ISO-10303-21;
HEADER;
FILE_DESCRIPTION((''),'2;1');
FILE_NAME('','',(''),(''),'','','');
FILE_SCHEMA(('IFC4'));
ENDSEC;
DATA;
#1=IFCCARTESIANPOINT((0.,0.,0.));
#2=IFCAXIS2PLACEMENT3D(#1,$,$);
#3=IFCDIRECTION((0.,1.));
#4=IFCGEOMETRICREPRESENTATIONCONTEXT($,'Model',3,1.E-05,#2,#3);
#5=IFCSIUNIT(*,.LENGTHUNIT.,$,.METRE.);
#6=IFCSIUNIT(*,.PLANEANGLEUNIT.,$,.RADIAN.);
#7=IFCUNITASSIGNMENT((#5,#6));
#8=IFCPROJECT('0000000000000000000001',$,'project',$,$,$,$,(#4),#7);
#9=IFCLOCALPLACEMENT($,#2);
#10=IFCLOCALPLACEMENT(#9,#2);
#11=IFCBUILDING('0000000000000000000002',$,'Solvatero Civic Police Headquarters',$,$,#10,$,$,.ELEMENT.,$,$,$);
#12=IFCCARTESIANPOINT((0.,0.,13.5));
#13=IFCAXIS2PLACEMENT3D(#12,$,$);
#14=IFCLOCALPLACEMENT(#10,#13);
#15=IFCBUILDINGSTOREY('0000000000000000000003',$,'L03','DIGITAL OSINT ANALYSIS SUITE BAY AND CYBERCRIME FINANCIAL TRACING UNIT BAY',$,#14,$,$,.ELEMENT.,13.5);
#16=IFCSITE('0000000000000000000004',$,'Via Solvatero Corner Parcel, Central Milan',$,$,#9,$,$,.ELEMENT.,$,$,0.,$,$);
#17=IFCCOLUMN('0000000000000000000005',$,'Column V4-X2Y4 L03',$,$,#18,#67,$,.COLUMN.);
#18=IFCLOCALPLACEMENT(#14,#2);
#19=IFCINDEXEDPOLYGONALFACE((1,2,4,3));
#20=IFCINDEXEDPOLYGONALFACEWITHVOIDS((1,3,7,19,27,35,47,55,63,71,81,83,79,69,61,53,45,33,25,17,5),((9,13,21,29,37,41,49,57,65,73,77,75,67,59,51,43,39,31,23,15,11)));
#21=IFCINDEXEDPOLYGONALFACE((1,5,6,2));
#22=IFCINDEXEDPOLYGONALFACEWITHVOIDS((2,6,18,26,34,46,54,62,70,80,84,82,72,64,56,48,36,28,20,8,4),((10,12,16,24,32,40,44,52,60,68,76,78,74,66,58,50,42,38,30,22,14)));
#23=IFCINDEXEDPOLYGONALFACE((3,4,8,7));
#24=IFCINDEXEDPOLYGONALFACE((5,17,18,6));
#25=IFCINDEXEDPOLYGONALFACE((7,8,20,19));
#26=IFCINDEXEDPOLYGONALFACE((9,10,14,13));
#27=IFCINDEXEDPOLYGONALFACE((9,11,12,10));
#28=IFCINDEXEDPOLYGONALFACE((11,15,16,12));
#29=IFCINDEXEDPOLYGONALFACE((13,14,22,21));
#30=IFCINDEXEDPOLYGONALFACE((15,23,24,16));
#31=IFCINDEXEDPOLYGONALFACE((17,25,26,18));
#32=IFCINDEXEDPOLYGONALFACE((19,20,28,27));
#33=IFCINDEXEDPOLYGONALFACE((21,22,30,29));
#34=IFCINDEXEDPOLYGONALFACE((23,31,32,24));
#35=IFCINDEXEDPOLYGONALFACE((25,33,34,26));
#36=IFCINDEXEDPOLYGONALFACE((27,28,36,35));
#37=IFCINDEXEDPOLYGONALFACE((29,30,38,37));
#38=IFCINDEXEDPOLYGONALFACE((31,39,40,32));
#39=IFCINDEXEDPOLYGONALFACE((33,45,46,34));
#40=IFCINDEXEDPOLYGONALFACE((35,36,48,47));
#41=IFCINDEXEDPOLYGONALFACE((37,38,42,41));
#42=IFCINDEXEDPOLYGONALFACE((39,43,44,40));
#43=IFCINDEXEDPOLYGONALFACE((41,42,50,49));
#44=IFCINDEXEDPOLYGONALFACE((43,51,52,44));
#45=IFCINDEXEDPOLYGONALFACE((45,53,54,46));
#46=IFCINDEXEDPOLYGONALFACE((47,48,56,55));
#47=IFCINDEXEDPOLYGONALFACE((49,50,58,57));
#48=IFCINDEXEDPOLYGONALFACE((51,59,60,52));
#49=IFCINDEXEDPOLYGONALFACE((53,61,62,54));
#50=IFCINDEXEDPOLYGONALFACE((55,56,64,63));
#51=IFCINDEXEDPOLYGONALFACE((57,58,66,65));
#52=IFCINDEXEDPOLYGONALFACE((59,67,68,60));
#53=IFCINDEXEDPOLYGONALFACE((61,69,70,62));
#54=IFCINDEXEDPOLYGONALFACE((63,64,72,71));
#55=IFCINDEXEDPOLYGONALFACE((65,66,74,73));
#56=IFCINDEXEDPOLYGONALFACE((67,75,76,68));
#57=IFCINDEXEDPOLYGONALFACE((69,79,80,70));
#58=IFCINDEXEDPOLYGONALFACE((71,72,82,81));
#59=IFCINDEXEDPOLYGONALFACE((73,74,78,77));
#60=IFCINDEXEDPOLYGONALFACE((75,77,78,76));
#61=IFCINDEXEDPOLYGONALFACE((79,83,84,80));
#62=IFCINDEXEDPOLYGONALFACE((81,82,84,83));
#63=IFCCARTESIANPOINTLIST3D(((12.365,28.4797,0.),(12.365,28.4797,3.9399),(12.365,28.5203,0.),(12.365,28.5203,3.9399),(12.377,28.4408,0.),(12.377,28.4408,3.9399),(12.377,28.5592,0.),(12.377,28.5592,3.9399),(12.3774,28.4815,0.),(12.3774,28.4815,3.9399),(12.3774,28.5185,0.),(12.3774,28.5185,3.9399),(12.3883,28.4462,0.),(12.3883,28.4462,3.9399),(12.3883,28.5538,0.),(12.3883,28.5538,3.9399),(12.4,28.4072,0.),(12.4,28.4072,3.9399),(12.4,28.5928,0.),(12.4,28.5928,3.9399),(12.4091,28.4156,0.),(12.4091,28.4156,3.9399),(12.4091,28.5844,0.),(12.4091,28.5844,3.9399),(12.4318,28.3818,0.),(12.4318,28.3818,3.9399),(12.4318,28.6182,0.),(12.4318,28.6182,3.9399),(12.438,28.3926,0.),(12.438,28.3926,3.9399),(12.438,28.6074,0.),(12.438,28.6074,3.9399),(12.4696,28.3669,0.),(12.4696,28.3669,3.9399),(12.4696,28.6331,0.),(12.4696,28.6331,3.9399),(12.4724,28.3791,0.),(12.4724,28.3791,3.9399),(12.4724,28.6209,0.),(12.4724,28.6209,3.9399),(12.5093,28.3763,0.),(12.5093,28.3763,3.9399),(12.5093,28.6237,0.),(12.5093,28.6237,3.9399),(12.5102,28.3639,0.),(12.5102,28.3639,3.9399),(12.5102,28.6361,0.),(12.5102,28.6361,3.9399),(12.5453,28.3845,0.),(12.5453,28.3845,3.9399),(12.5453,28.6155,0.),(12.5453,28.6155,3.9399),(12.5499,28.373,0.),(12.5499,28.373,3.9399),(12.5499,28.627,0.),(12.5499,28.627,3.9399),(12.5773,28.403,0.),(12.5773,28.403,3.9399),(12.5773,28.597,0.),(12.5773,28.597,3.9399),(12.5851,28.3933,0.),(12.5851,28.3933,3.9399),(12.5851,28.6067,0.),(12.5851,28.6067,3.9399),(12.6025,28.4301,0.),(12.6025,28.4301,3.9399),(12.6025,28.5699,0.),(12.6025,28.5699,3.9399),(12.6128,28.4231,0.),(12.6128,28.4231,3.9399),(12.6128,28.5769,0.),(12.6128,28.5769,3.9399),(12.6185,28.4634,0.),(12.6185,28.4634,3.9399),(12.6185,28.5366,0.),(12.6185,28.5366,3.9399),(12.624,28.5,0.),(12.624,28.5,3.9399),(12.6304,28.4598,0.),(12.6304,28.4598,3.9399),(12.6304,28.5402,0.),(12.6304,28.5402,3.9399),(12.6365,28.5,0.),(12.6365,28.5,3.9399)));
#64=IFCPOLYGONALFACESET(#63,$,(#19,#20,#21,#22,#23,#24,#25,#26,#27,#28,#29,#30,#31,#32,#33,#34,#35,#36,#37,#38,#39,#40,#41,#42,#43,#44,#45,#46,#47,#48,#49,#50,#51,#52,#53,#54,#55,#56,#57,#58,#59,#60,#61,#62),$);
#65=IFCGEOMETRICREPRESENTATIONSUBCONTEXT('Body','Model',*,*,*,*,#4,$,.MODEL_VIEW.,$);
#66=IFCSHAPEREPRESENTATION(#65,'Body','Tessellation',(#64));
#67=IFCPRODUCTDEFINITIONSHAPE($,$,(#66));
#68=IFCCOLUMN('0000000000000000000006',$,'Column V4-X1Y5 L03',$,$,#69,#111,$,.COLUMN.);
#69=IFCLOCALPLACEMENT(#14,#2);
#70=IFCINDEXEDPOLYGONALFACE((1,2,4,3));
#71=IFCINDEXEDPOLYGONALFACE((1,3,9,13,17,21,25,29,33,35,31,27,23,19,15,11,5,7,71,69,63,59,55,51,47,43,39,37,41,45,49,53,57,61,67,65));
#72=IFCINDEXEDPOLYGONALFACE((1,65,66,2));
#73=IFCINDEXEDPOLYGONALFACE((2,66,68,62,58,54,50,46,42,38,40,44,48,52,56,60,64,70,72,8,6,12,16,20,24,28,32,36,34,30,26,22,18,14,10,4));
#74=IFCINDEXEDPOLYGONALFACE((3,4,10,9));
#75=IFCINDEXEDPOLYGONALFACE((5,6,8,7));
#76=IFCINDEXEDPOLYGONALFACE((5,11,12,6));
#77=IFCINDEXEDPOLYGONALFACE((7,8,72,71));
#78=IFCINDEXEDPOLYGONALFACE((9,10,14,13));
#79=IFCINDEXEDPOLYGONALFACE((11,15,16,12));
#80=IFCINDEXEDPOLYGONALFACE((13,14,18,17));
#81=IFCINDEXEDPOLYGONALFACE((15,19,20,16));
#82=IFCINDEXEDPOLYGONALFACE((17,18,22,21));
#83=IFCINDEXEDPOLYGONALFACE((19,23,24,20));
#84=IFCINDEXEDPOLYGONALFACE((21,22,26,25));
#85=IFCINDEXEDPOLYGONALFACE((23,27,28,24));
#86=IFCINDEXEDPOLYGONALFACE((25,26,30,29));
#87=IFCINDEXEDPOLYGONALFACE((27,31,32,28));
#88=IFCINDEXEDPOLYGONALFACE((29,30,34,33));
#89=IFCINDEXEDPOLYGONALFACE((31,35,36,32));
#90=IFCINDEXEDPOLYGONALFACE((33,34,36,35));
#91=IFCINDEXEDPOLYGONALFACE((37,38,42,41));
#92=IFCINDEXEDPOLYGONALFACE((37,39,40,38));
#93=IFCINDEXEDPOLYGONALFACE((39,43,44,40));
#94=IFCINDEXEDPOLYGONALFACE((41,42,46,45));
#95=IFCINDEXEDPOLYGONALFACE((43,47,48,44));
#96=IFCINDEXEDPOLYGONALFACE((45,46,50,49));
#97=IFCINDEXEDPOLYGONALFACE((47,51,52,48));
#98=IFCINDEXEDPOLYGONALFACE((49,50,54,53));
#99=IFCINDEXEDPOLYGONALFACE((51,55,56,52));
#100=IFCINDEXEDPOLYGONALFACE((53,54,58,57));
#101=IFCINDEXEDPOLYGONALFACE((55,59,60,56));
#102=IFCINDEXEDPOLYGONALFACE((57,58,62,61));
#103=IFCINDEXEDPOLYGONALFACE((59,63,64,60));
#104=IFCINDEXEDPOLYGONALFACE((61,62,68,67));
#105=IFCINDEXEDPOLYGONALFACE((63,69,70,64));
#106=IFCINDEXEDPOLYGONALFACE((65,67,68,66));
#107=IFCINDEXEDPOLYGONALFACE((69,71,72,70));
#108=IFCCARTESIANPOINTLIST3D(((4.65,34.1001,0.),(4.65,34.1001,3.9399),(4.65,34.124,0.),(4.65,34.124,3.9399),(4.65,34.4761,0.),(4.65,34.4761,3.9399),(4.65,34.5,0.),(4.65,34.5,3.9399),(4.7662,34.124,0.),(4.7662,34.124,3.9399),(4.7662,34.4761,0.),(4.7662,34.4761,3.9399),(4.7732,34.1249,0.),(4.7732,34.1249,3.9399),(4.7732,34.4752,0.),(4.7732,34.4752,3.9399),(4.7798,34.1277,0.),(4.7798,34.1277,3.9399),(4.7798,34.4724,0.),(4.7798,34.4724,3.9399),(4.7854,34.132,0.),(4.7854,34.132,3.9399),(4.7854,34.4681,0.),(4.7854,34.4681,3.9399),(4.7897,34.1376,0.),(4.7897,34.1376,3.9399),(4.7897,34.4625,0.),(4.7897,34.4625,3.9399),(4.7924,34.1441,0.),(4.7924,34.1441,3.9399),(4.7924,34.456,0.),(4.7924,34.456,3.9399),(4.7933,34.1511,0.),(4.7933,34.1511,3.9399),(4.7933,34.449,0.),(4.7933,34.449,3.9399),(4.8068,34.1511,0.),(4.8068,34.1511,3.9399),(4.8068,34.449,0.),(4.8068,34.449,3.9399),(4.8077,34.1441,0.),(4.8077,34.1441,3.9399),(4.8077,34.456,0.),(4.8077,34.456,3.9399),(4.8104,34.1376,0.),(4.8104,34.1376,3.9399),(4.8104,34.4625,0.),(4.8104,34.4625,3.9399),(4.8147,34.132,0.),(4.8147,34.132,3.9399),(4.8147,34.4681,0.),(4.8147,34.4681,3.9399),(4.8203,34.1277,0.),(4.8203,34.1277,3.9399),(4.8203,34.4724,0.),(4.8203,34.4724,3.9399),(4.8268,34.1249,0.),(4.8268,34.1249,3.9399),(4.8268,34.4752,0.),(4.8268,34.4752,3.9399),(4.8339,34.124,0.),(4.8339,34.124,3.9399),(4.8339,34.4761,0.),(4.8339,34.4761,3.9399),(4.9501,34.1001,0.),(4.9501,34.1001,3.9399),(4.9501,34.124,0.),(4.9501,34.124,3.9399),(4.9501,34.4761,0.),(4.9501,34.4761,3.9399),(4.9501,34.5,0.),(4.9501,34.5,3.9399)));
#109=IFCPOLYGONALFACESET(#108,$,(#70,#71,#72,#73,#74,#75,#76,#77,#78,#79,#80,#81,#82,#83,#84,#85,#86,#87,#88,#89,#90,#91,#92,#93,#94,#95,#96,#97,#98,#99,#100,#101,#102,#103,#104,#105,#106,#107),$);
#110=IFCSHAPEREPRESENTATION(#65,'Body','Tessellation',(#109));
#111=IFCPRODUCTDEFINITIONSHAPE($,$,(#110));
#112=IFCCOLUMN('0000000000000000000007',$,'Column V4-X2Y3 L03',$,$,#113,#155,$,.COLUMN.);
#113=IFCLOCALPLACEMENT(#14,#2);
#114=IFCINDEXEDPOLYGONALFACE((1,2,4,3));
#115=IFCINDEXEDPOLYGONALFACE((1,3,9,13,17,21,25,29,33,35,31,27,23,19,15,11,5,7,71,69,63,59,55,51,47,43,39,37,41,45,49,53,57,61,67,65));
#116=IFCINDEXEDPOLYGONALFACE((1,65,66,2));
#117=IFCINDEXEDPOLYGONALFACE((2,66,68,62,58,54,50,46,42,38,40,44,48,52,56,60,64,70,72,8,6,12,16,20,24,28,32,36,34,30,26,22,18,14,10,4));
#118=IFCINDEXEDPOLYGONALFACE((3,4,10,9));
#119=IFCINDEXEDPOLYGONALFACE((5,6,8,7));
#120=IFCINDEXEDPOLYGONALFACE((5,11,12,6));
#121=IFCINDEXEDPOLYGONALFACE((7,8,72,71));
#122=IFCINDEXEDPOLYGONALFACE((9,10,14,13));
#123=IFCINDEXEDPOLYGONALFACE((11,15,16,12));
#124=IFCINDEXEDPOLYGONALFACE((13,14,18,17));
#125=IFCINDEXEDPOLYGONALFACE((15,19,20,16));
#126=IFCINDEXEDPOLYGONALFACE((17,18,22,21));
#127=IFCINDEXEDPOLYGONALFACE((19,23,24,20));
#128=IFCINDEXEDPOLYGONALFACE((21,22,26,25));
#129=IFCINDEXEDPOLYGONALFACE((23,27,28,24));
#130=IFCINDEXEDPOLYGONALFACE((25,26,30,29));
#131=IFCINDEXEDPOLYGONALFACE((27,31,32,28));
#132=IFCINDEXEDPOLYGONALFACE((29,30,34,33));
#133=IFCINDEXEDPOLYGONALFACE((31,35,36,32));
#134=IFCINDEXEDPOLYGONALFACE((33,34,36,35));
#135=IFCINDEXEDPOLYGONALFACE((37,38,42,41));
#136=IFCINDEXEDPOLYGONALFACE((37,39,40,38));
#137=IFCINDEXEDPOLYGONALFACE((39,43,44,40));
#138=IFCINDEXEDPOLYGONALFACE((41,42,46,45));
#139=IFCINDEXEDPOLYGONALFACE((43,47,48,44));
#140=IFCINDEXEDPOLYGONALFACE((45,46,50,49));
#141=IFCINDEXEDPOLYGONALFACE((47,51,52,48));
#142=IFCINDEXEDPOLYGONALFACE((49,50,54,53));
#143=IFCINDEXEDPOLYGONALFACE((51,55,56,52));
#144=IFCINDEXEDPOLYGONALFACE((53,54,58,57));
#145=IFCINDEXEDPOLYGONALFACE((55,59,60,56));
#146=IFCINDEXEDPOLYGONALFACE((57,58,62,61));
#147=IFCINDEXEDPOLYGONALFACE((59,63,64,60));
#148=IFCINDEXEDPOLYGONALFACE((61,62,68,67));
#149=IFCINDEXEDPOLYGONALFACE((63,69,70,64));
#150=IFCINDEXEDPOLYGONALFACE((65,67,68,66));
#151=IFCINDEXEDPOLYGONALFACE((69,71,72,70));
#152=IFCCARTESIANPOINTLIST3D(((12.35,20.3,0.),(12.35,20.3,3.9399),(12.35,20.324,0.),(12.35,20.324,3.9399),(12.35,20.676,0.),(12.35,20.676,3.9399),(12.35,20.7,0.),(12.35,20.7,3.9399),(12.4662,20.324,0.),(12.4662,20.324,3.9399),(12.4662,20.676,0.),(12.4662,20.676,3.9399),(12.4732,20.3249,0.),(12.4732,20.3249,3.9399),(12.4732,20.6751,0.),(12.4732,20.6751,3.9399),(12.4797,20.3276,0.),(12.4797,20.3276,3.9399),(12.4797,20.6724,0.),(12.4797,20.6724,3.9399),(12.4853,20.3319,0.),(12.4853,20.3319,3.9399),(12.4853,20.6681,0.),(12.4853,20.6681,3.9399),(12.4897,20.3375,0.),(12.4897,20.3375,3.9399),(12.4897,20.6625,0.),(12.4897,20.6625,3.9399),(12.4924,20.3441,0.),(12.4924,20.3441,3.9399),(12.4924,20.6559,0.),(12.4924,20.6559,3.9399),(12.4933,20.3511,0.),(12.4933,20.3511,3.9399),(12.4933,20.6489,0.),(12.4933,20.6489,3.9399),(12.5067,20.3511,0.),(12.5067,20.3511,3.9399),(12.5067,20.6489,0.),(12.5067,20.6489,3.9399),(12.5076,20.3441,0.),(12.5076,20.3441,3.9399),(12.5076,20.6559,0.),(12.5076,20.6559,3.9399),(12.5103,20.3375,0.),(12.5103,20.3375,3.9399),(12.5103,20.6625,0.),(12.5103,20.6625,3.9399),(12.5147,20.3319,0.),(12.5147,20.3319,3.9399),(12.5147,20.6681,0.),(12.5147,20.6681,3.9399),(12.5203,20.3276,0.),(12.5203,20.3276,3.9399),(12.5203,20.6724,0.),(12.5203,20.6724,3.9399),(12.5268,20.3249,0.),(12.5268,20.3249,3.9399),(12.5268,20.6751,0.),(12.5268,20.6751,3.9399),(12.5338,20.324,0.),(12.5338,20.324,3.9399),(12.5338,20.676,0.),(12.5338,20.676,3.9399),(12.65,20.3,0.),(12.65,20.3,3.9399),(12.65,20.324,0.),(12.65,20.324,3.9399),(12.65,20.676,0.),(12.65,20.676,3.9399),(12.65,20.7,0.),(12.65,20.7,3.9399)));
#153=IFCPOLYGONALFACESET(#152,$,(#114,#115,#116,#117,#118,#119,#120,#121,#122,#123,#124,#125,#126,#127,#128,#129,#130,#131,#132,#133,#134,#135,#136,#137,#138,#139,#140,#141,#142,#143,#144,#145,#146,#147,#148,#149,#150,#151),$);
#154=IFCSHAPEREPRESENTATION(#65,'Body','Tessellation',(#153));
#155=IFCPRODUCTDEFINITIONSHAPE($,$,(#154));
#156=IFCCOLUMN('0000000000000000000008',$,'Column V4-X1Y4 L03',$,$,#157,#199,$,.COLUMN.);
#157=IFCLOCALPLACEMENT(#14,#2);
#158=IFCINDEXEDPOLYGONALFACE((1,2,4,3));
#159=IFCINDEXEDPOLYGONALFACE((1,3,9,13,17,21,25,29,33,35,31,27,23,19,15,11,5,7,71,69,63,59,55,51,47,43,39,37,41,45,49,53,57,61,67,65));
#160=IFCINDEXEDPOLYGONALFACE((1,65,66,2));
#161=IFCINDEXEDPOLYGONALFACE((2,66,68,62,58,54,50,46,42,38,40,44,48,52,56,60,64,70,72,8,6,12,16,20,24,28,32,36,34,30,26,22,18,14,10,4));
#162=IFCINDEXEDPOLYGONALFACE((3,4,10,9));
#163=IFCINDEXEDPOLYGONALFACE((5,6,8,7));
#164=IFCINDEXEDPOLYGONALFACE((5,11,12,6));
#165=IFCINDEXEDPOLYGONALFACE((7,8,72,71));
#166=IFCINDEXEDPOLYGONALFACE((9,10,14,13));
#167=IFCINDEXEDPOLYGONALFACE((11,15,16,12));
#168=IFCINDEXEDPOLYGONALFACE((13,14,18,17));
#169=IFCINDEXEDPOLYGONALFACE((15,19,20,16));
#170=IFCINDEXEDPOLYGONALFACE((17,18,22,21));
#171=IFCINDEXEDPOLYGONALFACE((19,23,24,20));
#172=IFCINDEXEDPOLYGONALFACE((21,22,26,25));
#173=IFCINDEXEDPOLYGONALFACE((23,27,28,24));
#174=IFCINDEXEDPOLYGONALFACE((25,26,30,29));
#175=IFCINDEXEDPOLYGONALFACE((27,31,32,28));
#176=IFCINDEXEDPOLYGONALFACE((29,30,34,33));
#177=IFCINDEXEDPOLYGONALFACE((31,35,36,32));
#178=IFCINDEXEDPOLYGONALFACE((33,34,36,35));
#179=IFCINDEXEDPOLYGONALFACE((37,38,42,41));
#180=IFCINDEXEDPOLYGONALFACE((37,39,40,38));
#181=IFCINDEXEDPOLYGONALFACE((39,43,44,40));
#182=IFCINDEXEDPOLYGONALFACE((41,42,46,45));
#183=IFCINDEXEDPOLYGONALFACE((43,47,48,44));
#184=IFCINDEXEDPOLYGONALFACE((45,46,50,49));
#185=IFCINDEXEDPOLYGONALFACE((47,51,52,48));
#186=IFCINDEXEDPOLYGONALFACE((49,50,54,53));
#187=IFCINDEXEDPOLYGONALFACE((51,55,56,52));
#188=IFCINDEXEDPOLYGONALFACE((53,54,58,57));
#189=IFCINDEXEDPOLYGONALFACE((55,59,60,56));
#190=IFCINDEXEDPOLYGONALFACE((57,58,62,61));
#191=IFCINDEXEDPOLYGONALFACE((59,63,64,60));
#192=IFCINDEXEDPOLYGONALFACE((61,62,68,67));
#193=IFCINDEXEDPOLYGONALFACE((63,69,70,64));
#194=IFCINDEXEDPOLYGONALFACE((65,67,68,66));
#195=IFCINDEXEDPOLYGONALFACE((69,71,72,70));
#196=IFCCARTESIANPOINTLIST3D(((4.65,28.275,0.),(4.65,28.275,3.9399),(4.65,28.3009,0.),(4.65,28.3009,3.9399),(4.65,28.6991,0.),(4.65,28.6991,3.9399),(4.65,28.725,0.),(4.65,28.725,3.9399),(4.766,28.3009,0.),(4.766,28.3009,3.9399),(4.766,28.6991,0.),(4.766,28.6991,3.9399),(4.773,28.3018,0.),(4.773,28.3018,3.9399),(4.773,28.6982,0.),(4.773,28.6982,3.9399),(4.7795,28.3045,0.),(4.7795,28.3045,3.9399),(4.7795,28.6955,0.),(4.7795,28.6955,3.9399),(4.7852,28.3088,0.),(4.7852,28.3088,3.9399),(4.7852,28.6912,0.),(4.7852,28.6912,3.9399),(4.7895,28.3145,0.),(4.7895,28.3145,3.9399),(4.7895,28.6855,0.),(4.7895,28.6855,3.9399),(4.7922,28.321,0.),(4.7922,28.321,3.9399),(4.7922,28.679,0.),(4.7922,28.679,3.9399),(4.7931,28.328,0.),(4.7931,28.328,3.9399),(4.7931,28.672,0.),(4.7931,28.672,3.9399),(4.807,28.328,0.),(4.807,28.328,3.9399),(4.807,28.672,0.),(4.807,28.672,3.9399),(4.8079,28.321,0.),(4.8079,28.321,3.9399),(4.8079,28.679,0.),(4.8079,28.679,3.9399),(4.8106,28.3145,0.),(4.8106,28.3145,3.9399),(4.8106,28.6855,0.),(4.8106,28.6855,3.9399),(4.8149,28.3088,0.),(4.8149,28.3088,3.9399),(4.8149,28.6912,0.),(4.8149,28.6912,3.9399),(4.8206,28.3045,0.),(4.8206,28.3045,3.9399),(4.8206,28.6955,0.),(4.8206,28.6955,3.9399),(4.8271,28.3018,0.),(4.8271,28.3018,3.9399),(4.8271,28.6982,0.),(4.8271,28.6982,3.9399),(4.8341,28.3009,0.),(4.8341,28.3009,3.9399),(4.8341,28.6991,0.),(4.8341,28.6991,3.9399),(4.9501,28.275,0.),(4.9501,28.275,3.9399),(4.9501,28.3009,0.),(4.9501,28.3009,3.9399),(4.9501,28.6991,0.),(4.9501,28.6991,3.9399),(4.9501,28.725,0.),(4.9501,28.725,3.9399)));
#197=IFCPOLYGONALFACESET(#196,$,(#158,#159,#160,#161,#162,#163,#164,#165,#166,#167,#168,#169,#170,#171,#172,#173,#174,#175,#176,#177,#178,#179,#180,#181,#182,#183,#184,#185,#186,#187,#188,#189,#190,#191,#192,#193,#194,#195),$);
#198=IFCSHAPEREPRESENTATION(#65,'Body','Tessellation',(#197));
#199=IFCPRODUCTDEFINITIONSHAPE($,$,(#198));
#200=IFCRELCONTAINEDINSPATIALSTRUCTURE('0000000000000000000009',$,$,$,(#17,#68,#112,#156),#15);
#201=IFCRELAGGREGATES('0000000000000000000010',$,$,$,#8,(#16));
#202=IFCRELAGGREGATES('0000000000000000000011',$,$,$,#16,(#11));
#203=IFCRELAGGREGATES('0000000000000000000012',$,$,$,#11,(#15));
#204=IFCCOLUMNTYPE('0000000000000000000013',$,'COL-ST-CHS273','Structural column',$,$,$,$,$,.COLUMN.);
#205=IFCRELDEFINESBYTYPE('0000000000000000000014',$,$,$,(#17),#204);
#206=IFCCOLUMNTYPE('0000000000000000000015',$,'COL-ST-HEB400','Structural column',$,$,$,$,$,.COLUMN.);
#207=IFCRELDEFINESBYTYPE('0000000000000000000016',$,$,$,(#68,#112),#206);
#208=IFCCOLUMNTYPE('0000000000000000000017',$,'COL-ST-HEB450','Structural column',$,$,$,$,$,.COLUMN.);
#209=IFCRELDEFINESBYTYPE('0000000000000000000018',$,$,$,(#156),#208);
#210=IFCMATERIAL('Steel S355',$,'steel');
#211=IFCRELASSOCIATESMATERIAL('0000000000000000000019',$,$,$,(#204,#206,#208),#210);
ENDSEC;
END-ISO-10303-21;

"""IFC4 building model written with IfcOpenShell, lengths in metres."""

from ifc_helpers import new_model, si_unit, direction, frame, origin, origin_2d, place, context, subcontext, project, spatial, hollow_circle, i_section, extrude, material, material_profile, profile_set, type_object, element, save


model = new_model("IFC4")

# Units and contexts
model_context = context("Model", 3, precision=1e-05, world=origin(), true_north=direction((0.0, 1.0)))
body_context = subcontext(model_context, "Body", "Model", "MODEL_VIEW")
ifc_project = project(units=[si_unit("LENGTHUNIT", "METRE"), si_unit("PLANEANGLEUNIT", "RADIAN")], contexts=[model_context])

# Site, building, storey
site_placement = place(None, origin())
site = spatial("IfcSite", under=ifc_project, at=site_placement, Name="Via Solvatero Corner Parcel, Central Milan", CompositionType="ELEMENT", RefElevation=0.0)
building_placement = place(site_placement, origin())
building = spatial("IfcBuilding", under=site, at=building_placement, Name="Solvatero Civic Police Headquarters", CompositionType="ELEMENT")
storey_placement = place(building_placement, frame((0.0, 0.0, 13.5)))
storey = spatial("IfcBuildingStorey", under=building, at=storey_placement, Name="L03", Description="DIGITAL OSINT ANALYSIS SUITE BAY AND CYBERCRIME FINANCIAL TRACING UNIT BAY", CompositionType="ELEMENT", Elevation=13.5)

# Columns
ifc_material_1 = material(Name="Steel S355", Category="steel")
ifc_material_profile_1 = material_profile(ifc_material_1, hollow_circle(Radius=0.1365, WallThickness=0.0125, at=origin_2d()), Name="CHS 273.0x12.5")
ifc_profile_set_1 = profile_set([ifc_material_profile_1], Name="Steel S355")
column_type_1 = type_object("IfcColumnType", Name="COL-ST-CHS273", Description="Structural column", PredefinedType="COLUMN", material=ifc_profile_set_1)
column_placement = place(storey_placement, frame((12.5, 28.5, 0.0), z_axis=(0.0, 0.0, 1.0), x_axis=(1.0, 0.0, 0.0)))
element("IfcColumn", 1, at=column_placement, inside=storey, type_object=column_type_1, Name="Column V4-X2Y4 L03", PredefinedType="COLUMN", context=body_context, shape_type="SweptSolid", body=[
    extrude(hollow_circle(Radius=0.1365, WallThickness=0.0125, at=origin_2d()), origin(), (0.0, 0.0, 1.0), 3.9399),
])
ifc_material_profile_2 = material_profile(ifc_material_1, i_section(OverallWidth=0.3, OverallDepth=0.3999, WebThickness=0.0134, FlangeThickness=0.0239, FilletRadius=0.0271, at=origin_2d()), Name="HEB 400")
ifc_profile_set_2 = profile_set([ifc_material_profile_2], Name="Steel S355")
column_type_2 = type_object("IfcColumnType", Name="COL-ST-HEB400", Description="Structural column", PredefinedType="COLUMN", material=ifc_profile_set_2)
for number, where, z_axis, x_axis, name in (
    (2, (4.8, 34.3, 0.0), (0.0, 0.0, 1.0), (1.0, 0.0, 0.0), "Column V4-X1Y5 L03"),
    (3, (12.5, 20.5, 0.0), (0.0, 0.0, 1.0), (1.0, 0.0, 0.0), "Column V4-X2Y3 L03"),
):
    element("IfcColumn", number, at=place(storey_placement, frame(where, z_axis=z_axis, x_axis=x_axis)), inside=storey, type_object=column_type_2, Name=name, PredefinedType="COLUMN", context=body_context, shape_type="SweptSolid", body=[
        extrude(i_section(OverallWidth=0.3, OverallDepth=0.3999, WebThickness=0.0134, FlangeThickness=0.0239, FilletRadius=0.0271, at=origin_2d()), origin(), (0.0, 0.0, 1.0), 3.9399),
    ])
ifc_material_profile_3 = material_profile(ifc_material_1, i_section(OverallWidth=0.3, OverallDepth=0.45, WebThickness=0.0139, FlangeThickness=0.0259, FilletRadius=0.0271, at=origin_2d()), Name="HEB 450")
ifc_profile_set_3 = profile_set([ifc_material_profile_3], Name="Steel S355")
column_type_3 = type_object("IfcColumnType", Name="COL-ST-HEB450", Description="Structural column", PredefinedType="COLUMN", material=ifc_profile_set_3)
for number, where, z_axis, x_axis, name in (
    (4, (4.8, 28.5, 0.0), (0.0, 0.0, 1.0), (1.0, 0.0, 0.0), "Column V4-X1Y4 L03"),
):
    element("IfcColumn", number, at=place(storey_placement, frame(where, z_axis=z_axis, x_axis=x_axis)), inside=storey, type_object=column_type_3, Name=name, PredefinedType="COLUMN", context=body_context, shape_type="SweptSolid", body=[
        extrude(i_section(OverallWidth=0.3, OverallDepth=0.45, WebThickness=0.0139, FlangeThickness=0.0259, FilletRadius=0.0271, at=origin_2d()), origin(), (0.0, 0.0, 1.0), 3.9399),
    ])

save(model, "model.ifc")
